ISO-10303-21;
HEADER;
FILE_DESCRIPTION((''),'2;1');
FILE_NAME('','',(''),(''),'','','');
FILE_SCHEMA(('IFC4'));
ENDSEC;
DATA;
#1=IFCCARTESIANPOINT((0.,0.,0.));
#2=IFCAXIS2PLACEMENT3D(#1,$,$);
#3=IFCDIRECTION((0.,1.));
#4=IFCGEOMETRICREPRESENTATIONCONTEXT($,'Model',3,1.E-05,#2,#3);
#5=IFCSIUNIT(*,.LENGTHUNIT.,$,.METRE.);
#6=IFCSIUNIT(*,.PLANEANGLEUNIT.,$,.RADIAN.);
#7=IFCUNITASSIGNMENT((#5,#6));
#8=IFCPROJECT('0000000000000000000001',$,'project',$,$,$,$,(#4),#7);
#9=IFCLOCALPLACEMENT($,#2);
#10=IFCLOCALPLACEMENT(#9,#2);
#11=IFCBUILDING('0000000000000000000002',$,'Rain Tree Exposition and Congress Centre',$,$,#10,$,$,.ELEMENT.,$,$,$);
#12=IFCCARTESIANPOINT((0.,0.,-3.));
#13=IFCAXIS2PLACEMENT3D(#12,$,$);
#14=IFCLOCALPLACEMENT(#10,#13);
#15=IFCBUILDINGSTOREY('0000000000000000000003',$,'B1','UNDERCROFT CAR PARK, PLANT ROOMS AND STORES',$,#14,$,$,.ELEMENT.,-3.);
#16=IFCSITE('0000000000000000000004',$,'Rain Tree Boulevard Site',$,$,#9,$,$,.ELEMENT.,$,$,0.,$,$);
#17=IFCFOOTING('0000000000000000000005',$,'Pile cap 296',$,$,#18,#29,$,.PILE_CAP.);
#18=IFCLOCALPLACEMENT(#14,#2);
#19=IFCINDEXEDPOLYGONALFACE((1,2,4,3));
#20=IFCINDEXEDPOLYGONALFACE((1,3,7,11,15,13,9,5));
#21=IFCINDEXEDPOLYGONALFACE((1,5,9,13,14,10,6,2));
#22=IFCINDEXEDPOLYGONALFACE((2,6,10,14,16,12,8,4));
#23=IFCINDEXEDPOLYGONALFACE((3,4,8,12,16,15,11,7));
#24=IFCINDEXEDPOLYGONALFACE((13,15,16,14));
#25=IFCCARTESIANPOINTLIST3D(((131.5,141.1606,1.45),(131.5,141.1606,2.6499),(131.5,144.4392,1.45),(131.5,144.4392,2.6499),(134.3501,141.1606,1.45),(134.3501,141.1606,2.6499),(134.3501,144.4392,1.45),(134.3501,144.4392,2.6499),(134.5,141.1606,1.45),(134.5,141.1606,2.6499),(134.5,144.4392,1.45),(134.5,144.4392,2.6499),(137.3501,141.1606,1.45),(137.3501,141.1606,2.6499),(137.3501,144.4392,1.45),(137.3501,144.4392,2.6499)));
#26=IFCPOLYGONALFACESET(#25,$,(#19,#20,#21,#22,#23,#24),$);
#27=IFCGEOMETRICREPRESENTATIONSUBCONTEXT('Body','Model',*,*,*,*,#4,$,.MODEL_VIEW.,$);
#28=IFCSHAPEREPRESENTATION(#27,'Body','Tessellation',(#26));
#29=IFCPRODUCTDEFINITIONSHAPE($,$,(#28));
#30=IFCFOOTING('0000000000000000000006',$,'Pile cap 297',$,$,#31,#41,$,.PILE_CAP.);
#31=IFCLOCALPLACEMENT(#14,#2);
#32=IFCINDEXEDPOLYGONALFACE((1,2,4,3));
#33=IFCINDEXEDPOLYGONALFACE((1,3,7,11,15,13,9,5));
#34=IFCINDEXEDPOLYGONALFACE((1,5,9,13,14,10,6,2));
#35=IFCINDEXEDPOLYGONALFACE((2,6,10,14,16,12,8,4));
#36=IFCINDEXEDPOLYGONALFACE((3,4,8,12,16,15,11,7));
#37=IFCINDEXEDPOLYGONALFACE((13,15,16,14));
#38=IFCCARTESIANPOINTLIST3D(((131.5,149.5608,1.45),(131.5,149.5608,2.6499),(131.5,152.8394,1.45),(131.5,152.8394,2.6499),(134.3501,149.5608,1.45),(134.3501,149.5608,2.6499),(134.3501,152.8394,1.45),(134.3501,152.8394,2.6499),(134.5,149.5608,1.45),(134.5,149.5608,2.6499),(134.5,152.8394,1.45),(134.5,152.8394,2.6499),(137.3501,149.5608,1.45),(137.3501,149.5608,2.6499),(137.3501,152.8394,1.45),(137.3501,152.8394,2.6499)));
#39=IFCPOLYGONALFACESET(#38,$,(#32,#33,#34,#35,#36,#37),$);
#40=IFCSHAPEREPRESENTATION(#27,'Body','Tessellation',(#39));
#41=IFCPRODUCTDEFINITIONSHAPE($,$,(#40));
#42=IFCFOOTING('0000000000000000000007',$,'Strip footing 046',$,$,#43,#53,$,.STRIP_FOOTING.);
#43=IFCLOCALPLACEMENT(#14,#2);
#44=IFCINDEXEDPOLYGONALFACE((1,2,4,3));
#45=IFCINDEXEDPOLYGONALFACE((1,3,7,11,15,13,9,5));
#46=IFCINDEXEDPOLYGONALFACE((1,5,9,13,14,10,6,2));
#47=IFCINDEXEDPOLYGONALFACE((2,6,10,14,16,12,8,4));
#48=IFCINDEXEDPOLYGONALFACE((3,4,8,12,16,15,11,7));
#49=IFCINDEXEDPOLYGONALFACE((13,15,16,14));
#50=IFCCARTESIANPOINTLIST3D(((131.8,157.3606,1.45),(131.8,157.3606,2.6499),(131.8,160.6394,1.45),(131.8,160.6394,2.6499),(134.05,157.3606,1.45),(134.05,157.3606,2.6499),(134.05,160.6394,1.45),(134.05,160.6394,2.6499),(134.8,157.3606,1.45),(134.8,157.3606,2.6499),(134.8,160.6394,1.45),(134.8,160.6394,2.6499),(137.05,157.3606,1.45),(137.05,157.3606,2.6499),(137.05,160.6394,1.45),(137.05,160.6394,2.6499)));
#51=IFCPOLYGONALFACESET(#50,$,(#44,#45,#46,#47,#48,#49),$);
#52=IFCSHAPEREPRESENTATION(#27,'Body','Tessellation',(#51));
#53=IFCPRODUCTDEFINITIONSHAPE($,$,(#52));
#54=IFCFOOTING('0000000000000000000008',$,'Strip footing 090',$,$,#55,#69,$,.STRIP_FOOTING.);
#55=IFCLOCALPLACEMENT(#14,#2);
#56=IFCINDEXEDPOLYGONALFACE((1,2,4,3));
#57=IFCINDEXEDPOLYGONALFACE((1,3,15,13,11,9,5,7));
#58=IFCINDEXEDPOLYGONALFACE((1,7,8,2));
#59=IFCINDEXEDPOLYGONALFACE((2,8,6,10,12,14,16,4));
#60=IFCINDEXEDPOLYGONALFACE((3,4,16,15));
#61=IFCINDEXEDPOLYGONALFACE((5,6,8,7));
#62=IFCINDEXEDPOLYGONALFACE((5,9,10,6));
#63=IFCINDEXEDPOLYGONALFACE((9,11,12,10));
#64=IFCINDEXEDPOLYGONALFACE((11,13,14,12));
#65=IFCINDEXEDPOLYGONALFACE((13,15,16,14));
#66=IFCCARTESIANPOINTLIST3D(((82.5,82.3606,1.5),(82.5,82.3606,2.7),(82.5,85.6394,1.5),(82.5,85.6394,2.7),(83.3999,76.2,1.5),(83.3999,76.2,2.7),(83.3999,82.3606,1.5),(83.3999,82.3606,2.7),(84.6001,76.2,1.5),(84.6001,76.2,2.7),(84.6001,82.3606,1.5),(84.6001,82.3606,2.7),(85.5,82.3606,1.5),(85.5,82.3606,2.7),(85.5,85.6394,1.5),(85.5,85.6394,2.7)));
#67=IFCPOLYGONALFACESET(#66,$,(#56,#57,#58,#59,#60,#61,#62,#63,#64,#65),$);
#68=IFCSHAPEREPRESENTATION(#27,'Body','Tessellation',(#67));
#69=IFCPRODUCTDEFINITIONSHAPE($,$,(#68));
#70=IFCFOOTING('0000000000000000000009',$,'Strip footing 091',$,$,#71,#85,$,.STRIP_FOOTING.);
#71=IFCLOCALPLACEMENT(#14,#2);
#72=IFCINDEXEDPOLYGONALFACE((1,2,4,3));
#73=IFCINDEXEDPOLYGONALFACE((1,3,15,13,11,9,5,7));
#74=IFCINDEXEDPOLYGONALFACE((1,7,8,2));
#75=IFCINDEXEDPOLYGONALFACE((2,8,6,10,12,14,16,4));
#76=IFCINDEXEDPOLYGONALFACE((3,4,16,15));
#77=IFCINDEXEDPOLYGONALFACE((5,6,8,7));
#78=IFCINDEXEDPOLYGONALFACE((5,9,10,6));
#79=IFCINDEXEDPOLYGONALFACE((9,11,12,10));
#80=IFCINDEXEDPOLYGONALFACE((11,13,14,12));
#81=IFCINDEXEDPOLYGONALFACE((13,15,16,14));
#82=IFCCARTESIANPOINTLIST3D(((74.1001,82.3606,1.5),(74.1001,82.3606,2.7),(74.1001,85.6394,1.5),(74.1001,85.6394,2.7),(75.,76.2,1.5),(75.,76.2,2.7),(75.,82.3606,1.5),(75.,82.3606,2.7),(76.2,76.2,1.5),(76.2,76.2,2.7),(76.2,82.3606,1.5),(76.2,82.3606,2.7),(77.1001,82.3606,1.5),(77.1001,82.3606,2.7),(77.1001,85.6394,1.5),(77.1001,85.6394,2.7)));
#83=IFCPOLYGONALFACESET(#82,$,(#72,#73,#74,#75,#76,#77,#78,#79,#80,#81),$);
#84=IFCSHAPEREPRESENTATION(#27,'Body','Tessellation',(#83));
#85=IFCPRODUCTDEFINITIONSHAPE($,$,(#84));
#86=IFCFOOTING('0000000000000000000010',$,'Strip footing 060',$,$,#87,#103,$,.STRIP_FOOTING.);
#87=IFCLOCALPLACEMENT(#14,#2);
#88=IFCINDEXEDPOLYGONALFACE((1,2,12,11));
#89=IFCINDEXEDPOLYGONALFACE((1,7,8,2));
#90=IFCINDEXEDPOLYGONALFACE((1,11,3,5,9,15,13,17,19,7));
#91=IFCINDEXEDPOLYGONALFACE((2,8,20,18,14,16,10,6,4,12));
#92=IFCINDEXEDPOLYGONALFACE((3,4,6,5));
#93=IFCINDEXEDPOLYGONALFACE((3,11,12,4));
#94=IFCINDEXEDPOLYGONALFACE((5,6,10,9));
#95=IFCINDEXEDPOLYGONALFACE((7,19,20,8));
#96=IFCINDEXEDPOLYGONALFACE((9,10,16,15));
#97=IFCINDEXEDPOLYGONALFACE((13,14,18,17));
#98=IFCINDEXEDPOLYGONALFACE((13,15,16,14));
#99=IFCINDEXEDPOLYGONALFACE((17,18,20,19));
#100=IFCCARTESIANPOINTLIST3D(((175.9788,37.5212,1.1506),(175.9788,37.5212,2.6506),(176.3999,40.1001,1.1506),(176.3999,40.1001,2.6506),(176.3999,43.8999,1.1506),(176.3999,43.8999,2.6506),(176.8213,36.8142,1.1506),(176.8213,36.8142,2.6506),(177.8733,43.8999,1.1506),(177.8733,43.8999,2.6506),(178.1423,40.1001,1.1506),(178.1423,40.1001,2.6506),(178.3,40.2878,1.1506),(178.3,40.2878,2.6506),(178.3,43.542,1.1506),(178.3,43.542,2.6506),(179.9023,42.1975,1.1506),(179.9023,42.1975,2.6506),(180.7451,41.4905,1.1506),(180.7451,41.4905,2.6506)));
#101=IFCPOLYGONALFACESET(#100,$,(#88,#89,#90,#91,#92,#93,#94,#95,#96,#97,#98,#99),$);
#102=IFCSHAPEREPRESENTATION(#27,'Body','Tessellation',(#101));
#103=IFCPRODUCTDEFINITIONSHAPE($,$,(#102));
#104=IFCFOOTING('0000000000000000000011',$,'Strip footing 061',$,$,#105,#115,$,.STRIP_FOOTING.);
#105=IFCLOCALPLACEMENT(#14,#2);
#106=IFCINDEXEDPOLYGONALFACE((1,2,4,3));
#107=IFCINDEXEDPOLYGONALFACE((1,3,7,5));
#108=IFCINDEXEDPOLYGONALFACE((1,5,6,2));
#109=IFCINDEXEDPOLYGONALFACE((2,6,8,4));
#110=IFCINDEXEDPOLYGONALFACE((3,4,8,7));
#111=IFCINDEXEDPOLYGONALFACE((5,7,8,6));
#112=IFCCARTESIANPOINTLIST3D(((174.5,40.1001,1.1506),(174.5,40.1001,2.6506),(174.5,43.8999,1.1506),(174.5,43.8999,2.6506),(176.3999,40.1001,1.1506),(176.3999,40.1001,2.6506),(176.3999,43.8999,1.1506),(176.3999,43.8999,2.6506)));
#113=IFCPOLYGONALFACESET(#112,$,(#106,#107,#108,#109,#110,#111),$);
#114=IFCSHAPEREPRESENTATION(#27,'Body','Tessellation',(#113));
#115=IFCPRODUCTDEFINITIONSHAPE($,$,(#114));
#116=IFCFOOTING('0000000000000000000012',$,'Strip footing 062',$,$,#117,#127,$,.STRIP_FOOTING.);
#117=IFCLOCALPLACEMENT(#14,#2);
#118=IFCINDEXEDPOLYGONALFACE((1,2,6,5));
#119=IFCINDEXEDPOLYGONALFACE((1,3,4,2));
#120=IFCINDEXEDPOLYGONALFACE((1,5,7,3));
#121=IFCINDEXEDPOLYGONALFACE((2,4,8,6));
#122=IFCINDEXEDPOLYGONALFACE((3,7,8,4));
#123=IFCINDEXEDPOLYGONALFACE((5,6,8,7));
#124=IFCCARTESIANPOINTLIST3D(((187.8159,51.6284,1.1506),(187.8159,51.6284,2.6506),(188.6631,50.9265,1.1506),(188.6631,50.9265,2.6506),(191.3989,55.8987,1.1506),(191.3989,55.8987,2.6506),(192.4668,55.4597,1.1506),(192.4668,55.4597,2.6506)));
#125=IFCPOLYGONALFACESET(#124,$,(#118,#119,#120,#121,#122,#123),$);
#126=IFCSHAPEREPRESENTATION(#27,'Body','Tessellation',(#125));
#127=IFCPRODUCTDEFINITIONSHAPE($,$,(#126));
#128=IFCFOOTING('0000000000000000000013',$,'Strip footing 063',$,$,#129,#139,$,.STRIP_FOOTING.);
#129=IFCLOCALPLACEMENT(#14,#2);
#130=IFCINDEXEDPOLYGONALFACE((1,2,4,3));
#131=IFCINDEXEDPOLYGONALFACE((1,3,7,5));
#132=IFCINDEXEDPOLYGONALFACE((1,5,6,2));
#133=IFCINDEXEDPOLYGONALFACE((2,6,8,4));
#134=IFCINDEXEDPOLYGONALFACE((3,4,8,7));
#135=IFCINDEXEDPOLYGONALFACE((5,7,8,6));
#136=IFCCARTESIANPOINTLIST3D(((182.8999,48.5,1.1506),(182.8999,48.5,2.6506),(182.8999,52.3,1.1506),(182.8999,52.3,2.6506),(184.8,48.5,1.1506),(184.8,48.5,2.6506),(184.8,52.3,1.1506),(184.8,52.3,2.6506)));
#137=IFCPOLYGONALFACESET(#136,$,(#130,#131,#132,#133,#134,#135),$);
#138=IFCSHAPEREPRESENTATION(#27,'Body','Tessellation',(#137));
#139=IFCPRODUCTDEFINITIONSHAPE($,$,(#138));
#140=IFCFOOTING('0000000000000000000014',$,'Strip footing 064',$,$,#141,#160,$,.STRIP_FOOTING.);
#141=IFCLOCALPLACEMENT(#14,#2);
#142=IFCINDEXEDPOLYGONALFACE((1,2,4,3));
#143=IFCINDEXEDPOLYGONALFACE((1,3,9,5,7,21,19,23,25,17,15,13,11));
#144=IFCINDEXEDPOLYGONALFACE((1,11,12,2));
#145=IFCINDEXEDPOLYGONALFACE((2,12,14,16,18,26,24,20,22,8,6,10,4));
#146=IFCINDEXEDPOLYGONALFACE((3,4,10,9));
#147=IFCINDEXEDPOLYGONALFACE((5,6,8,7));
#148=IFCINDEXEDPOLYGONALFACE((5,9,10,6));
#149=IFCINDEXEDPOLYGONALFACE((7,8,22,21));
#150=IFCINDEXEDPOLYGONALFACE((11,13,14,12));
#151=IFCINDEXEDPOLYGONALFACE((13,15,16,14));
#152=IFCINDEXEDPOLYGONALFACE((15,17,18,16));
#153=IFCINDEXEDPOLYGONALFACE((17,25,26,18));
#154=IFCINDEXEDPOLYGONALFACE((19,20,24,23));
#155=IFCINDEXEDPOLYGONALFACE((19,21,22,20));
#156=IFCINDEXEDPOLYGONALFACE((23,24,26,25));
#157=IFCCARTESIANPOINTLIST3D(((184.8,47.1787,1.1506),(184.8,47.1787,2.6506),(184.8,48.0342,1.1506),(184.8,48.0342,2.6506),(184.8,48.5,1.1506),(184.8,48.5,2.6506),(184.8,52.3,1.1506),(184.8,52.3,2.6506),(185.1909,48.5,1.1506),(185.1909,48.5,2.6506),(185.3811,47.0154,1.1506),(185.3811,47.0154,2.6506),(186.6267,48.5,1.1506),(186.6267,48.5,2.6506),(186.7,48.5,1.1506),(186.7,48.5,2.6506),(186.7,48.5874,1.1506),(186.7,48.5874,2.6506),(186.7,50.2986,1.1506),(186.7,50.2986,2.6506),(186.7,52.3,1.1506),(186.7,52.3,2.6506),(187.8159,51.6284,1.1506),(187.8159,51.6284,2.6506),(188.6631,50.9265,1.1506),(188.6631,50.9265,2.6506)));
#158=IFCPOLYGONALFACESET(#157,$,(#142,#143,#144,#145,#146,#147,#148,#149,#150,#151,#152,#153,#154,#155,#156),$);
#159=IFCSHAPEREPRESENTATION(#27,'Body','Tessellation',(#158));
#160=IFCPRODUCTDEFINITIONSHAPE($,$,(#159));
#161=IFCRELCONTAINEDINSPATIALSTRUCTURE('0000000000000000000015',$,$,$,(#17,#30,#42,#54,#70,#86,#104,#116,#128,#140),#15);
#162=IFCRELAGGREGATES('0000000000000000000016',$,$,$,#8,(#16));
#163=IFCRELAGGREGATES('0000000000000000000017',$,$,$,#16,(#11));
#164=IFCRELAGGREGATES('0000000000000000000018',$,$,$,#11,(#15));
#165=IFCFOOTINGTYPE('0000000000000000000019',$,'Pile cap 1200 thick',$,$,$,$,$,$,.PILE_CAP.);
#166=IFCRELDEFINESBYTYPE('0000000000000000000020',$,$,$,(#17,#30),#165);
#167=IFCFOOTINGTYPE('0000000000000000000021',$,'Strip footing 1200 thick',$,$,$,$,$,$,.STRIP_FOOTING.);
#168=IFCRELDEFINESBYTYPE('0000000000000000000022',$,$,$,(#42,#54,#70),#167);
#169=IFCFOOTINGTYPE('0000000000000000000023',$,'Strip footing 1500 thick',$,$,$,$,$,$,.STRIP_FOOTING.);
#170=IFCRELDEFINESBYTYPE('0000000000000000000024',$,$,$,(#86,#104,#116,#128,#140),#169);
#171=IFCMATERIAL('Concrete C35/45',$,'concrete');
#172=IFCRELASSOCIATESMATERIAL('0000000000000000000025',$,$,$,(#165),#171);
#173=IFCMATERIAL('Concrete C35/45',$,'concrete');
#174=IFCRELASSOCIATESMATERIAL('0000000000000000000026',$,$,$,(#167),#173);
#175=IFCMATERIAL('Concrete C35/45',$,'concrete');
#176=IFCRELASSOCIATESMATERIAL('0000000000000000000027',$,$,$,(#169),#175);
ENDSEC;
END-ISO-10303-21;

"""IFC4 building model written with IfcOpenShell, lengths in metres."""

from ifc_helpers import new_model, si_unit, direction, frame, origin, place, context, subcontext, project, spatial, polyline, outline, extrude, material, type_object, element, save


model = new_model("IFC4")

# Units and contexts
model_context = context("Model", 3, precision=1e-05, world=origin(), true_north=direction((0.0, 1.0)))
body_context = subcontext(model_context, "Body", "Model", "MODEL_VIEW")
ifc_project = project(units=[si_unit("LENGTHUNIT", "METRE"), si_unit("PLANEANGLEUNIT", "RADIAN")], contexts=[model_context])

# Site, building, storey
site_placement = place(None, origin())
site = spatial("IfcSite", under=ifc_project, at=site_placement, Name="Rain Tree Boulevard Site", CompositionType="ELEMENT", RefElevation=0.0)
building_placement = place(site_placement, origin())
building = spatial("IfcBuilding", under=site, at=building_placement, Name="Rain Tree Exposition and Congress Centre", CompositionType="ELEMENT")
storey_placement = place(building_placement, frame((0.0, 0.0, -3.0)))
storey = spatial("IfcBuildingStorey", under=building, at=storey_placement, Name="B1", Description="UNDERCROFT CAR PARK, PLANT ROOMS AND STORES", CompositionType="ELEMENT", Elevation=-3.0)

# Footings
ifc_material_1 = material(Name="Concrete C35/45", Category="concrete")
footing_type_1 = type_object("IfcFootingType", Name="Pile cap 1200 thick", PredefinedType="PILE_CAP", material=ifc_material_1)
footing_1_placement = place(storey_placement, frame((0.0, 0.0, 1.45)))
element("IfcFooting", 1, at=footing_1_placement, inside=storey, type_object=footing_type_1, Name="Pile cap 296", PredefinedType="PILE_CAP", context=body_context, shape_type="SweptSolid", body=[
    extrude(outline(polyline([(134.5, 144.4392), (134.3501, 144.4392), (131.5, 144.4392), (131.5, 141.1606), (134.3501, 141.1606), (134.5, 141.1606), (137.3501, 141.1606), (137.3501, 144.4392), (134.5, 144.4392)])), origin(), (0.0, 0.0, 1.0), 1.2),
])
footing_2_placement = place(storey_placement, frame((0.0, 0.0, 1.45)))
element("IfcFooting", 2, at=footing_2_placement, inside=storey, type_object=footing_type_1, Name="Pile cap 297", PredefinedType="PILE_CAP", context=body_context, shape_type="SweptSolid", body=[
    extrude(outline(polyline([(134.5, 152.8394), (134.3501, 152.8394), (131.5, 152.8394), (131.5, 149.5608), (134.3501, 149.5608), (134.5, 149.5608), (137.3501, 149.5608), (137.3501, 152.8394), (134.5, 152.8394)])), origin(), (0.0, 0.0, 1.0), 1.2),
])
ifc_material_2 = material(Name="Concrete C35/45", Category="concrete")
footing_type_2 = type_object("IfcFootingType", Name="Strip footing 1200 thick", PredefinedType="STRIP_FOOTING", material=ifc_material_2)
footing_3_placement = place(storey_placement, frame((0.0, 0.0, 1.45)))
element("IfcFooting", 3, at=footing_3_placement, inside=storey, type_object=footing_type_2, Name="Strip footing 046", PredefinedType="STRIP_FOOTING", context=body_context, shape_type="SweptSolid", body=[
    extrude(outline(polyline([(134.8, 160.6394), (134.05, 160.6394), (131.8, 160.6394), (131.8, 157.3606), (134.05, 157.3606), (134.8, 157.3606), (137.05, 157.3606), (137.05, 160.6394), (134.8, 160.6394)])), origin(), (0.0, 0.0, 1.0), 1.2),
])
footing_4_placement = place(storey_placement, frame((0.0, 0.0, 1.5)))
element("IfcFooting", 4, at=footing_4_placement, inside=storey, type_object=footing_type_2, Name="Strip footing 090", PredefinedType="STRIP_FOOTING", context=body_context, shape_type="SweptSolid", body=[
    extrude(outline(polyline([(84.6001, 76.2), (84.6001, 82.3606), (85.5, 82.3606), (85.5, 85.6394), (82.5, 85.6394), (82.5, 82.3606), (83.3999, 82.3606), (83.3999, 76.2), (84.6001, 76.2)])), origin(), (0.0, 0.0, 1.0), 1.2),
])
footing_5_placement = place(storey_placement, frame((0.0, 0.0, 1.5)))
element("IfcFooting", 5, at=footing_5_placement, inside=storey, type_object=footing_type_2, Name="Strip footing 091", PredefinedType="STRIP_FOOTING", context=body_context, shape_type="SweptSolid", body=[
    extrude(outline(polyline([(76.2, 76.2), (76.2, 82.3606), (77.1001, 82.3606), (77.1001, 85.6394), (74.1001, 85.6394), (74.1001, 82.3606), (75.0, 82.3606), (75.0, 76.2), (76.2, 76.2)])), origin(), (0.0, 0.0, 1.0), 1.2),
])
ifc_material_3 = material(Name="Concrete C35/45", Category="concrete")
footing_type_3 = type_object("IfcFootingType", Name="Strip footing 1500 thick", PredefinedType="STRIP_FOOTING", material=ifc_material_3)
footing_6_placement = place(storey_placement, frame((0.0, 0.0, 1.1506)))
element("IfcFooting", 6, at=footing_6_placement, inside=storey, type_object=footing_type_3, Name="Strip footing 060", PredefinedType="STRIP_FOOTING", context=body_context, shape_type="SweptSolid", body=[
    extrude(outline(polyline([(178.1423, 40.1001), (175.9788, 37.5212), (176.8213, 36.8142), (180.7451, 41.4905), (179.9023, 42.1975), (178.3, 40.2878), (178.3, 43.542), (177.8733, 43.8999), (176.3999, 43.8999), (176.3999, 40.1001), (178.1423, 40.1001)])), origin(), (0.0, 0.0, 1.0), 1.5),
])
footing_7_placement = place(storey_placement, frame((0.0, 0.0, 1.1506)))
element("IfcFooting", 7, at=footing_7_placement, inside=storey, type_object=footing_type_3, Name="Strip footing 061", PredefinedType="STRIP_FOOTING", context=body_context, shape_type="SweptSolid", body=[
    extrude(outline(polyline([(176.3999, 40.1001), (176.3999, 43.8999), (174.5, 43.8999), (174.5, 40.1001), (176.3999, 40.1001)])), origin(), (0.0, 0.0, 1.0), 1.5),
])
footing_8_placement = place(storey_placement, frame((0.0, 0.0, 1.1506)))
element("IfcFooting", 8, at=footing_8_placement, inside=storey, type_object=footing_type_3, Name="Strip footing 062", PredefinedType="STRIP_FOOTING", context=body_context, shape_type="SweptSolid", body=[
    extrude(outline(polyline([(191.3989, 55.8987), (187.8159, 51.6284), (188.6631, 50.9265), (192.4668, 55.4597), (191.3989, 55.8987)])), origin(), (0.0, 0.0, 1.0), 1.5),
])
footing_9_placement = place(storey_placement, frame((0.0, 0.0, 1.1506)))
element("IfcFooting", 9, at=footing_9_placement, inside=storey, type_object=footing_type_3, Name="Strip footing 063", PredefinedType="STRIP_FOOTING", context=body_context, shape_type="SweptSolid", body=[
    extrude(outline(polyline([(182.8999, 52.3), (182.8999, 48.5), (184.8, 48.5), (184.8, 52.3), (182.8999, 52.3)])), origin(), (0.0, 0.0, 1.0), 1.5),
])
footing_10_placement = place(storey_placement, frame((0.0, 0.0, 1.1506)))
element("IfcFooting", 10, at=footing_10_placement, inside=storey, type_object=footing_type_3, Name="Strip footing 064", PredefinedType="STRIP_FOOTING", context=body_context, shape_type="SweptSolid", body=[
    extrude(outline(polyline([(186.7, 52.3), (184.8, 52.3), (184.8, 48.5), (185.1909, 48.5), (184.8, 48.0342), (184.8, 47.1787), (185.3811, 47.0154), (186.6267, 48.5), (186.7, 48.5), (186.7, 48.5874), (188.6631, 50.9265), (187.8159, 51.6284), (186.7, 50.2986), (186.7, 52.3)])), origin(), (0.0, 0.0, 1.0), 1.5),
])

save(model, "model.ifc")
